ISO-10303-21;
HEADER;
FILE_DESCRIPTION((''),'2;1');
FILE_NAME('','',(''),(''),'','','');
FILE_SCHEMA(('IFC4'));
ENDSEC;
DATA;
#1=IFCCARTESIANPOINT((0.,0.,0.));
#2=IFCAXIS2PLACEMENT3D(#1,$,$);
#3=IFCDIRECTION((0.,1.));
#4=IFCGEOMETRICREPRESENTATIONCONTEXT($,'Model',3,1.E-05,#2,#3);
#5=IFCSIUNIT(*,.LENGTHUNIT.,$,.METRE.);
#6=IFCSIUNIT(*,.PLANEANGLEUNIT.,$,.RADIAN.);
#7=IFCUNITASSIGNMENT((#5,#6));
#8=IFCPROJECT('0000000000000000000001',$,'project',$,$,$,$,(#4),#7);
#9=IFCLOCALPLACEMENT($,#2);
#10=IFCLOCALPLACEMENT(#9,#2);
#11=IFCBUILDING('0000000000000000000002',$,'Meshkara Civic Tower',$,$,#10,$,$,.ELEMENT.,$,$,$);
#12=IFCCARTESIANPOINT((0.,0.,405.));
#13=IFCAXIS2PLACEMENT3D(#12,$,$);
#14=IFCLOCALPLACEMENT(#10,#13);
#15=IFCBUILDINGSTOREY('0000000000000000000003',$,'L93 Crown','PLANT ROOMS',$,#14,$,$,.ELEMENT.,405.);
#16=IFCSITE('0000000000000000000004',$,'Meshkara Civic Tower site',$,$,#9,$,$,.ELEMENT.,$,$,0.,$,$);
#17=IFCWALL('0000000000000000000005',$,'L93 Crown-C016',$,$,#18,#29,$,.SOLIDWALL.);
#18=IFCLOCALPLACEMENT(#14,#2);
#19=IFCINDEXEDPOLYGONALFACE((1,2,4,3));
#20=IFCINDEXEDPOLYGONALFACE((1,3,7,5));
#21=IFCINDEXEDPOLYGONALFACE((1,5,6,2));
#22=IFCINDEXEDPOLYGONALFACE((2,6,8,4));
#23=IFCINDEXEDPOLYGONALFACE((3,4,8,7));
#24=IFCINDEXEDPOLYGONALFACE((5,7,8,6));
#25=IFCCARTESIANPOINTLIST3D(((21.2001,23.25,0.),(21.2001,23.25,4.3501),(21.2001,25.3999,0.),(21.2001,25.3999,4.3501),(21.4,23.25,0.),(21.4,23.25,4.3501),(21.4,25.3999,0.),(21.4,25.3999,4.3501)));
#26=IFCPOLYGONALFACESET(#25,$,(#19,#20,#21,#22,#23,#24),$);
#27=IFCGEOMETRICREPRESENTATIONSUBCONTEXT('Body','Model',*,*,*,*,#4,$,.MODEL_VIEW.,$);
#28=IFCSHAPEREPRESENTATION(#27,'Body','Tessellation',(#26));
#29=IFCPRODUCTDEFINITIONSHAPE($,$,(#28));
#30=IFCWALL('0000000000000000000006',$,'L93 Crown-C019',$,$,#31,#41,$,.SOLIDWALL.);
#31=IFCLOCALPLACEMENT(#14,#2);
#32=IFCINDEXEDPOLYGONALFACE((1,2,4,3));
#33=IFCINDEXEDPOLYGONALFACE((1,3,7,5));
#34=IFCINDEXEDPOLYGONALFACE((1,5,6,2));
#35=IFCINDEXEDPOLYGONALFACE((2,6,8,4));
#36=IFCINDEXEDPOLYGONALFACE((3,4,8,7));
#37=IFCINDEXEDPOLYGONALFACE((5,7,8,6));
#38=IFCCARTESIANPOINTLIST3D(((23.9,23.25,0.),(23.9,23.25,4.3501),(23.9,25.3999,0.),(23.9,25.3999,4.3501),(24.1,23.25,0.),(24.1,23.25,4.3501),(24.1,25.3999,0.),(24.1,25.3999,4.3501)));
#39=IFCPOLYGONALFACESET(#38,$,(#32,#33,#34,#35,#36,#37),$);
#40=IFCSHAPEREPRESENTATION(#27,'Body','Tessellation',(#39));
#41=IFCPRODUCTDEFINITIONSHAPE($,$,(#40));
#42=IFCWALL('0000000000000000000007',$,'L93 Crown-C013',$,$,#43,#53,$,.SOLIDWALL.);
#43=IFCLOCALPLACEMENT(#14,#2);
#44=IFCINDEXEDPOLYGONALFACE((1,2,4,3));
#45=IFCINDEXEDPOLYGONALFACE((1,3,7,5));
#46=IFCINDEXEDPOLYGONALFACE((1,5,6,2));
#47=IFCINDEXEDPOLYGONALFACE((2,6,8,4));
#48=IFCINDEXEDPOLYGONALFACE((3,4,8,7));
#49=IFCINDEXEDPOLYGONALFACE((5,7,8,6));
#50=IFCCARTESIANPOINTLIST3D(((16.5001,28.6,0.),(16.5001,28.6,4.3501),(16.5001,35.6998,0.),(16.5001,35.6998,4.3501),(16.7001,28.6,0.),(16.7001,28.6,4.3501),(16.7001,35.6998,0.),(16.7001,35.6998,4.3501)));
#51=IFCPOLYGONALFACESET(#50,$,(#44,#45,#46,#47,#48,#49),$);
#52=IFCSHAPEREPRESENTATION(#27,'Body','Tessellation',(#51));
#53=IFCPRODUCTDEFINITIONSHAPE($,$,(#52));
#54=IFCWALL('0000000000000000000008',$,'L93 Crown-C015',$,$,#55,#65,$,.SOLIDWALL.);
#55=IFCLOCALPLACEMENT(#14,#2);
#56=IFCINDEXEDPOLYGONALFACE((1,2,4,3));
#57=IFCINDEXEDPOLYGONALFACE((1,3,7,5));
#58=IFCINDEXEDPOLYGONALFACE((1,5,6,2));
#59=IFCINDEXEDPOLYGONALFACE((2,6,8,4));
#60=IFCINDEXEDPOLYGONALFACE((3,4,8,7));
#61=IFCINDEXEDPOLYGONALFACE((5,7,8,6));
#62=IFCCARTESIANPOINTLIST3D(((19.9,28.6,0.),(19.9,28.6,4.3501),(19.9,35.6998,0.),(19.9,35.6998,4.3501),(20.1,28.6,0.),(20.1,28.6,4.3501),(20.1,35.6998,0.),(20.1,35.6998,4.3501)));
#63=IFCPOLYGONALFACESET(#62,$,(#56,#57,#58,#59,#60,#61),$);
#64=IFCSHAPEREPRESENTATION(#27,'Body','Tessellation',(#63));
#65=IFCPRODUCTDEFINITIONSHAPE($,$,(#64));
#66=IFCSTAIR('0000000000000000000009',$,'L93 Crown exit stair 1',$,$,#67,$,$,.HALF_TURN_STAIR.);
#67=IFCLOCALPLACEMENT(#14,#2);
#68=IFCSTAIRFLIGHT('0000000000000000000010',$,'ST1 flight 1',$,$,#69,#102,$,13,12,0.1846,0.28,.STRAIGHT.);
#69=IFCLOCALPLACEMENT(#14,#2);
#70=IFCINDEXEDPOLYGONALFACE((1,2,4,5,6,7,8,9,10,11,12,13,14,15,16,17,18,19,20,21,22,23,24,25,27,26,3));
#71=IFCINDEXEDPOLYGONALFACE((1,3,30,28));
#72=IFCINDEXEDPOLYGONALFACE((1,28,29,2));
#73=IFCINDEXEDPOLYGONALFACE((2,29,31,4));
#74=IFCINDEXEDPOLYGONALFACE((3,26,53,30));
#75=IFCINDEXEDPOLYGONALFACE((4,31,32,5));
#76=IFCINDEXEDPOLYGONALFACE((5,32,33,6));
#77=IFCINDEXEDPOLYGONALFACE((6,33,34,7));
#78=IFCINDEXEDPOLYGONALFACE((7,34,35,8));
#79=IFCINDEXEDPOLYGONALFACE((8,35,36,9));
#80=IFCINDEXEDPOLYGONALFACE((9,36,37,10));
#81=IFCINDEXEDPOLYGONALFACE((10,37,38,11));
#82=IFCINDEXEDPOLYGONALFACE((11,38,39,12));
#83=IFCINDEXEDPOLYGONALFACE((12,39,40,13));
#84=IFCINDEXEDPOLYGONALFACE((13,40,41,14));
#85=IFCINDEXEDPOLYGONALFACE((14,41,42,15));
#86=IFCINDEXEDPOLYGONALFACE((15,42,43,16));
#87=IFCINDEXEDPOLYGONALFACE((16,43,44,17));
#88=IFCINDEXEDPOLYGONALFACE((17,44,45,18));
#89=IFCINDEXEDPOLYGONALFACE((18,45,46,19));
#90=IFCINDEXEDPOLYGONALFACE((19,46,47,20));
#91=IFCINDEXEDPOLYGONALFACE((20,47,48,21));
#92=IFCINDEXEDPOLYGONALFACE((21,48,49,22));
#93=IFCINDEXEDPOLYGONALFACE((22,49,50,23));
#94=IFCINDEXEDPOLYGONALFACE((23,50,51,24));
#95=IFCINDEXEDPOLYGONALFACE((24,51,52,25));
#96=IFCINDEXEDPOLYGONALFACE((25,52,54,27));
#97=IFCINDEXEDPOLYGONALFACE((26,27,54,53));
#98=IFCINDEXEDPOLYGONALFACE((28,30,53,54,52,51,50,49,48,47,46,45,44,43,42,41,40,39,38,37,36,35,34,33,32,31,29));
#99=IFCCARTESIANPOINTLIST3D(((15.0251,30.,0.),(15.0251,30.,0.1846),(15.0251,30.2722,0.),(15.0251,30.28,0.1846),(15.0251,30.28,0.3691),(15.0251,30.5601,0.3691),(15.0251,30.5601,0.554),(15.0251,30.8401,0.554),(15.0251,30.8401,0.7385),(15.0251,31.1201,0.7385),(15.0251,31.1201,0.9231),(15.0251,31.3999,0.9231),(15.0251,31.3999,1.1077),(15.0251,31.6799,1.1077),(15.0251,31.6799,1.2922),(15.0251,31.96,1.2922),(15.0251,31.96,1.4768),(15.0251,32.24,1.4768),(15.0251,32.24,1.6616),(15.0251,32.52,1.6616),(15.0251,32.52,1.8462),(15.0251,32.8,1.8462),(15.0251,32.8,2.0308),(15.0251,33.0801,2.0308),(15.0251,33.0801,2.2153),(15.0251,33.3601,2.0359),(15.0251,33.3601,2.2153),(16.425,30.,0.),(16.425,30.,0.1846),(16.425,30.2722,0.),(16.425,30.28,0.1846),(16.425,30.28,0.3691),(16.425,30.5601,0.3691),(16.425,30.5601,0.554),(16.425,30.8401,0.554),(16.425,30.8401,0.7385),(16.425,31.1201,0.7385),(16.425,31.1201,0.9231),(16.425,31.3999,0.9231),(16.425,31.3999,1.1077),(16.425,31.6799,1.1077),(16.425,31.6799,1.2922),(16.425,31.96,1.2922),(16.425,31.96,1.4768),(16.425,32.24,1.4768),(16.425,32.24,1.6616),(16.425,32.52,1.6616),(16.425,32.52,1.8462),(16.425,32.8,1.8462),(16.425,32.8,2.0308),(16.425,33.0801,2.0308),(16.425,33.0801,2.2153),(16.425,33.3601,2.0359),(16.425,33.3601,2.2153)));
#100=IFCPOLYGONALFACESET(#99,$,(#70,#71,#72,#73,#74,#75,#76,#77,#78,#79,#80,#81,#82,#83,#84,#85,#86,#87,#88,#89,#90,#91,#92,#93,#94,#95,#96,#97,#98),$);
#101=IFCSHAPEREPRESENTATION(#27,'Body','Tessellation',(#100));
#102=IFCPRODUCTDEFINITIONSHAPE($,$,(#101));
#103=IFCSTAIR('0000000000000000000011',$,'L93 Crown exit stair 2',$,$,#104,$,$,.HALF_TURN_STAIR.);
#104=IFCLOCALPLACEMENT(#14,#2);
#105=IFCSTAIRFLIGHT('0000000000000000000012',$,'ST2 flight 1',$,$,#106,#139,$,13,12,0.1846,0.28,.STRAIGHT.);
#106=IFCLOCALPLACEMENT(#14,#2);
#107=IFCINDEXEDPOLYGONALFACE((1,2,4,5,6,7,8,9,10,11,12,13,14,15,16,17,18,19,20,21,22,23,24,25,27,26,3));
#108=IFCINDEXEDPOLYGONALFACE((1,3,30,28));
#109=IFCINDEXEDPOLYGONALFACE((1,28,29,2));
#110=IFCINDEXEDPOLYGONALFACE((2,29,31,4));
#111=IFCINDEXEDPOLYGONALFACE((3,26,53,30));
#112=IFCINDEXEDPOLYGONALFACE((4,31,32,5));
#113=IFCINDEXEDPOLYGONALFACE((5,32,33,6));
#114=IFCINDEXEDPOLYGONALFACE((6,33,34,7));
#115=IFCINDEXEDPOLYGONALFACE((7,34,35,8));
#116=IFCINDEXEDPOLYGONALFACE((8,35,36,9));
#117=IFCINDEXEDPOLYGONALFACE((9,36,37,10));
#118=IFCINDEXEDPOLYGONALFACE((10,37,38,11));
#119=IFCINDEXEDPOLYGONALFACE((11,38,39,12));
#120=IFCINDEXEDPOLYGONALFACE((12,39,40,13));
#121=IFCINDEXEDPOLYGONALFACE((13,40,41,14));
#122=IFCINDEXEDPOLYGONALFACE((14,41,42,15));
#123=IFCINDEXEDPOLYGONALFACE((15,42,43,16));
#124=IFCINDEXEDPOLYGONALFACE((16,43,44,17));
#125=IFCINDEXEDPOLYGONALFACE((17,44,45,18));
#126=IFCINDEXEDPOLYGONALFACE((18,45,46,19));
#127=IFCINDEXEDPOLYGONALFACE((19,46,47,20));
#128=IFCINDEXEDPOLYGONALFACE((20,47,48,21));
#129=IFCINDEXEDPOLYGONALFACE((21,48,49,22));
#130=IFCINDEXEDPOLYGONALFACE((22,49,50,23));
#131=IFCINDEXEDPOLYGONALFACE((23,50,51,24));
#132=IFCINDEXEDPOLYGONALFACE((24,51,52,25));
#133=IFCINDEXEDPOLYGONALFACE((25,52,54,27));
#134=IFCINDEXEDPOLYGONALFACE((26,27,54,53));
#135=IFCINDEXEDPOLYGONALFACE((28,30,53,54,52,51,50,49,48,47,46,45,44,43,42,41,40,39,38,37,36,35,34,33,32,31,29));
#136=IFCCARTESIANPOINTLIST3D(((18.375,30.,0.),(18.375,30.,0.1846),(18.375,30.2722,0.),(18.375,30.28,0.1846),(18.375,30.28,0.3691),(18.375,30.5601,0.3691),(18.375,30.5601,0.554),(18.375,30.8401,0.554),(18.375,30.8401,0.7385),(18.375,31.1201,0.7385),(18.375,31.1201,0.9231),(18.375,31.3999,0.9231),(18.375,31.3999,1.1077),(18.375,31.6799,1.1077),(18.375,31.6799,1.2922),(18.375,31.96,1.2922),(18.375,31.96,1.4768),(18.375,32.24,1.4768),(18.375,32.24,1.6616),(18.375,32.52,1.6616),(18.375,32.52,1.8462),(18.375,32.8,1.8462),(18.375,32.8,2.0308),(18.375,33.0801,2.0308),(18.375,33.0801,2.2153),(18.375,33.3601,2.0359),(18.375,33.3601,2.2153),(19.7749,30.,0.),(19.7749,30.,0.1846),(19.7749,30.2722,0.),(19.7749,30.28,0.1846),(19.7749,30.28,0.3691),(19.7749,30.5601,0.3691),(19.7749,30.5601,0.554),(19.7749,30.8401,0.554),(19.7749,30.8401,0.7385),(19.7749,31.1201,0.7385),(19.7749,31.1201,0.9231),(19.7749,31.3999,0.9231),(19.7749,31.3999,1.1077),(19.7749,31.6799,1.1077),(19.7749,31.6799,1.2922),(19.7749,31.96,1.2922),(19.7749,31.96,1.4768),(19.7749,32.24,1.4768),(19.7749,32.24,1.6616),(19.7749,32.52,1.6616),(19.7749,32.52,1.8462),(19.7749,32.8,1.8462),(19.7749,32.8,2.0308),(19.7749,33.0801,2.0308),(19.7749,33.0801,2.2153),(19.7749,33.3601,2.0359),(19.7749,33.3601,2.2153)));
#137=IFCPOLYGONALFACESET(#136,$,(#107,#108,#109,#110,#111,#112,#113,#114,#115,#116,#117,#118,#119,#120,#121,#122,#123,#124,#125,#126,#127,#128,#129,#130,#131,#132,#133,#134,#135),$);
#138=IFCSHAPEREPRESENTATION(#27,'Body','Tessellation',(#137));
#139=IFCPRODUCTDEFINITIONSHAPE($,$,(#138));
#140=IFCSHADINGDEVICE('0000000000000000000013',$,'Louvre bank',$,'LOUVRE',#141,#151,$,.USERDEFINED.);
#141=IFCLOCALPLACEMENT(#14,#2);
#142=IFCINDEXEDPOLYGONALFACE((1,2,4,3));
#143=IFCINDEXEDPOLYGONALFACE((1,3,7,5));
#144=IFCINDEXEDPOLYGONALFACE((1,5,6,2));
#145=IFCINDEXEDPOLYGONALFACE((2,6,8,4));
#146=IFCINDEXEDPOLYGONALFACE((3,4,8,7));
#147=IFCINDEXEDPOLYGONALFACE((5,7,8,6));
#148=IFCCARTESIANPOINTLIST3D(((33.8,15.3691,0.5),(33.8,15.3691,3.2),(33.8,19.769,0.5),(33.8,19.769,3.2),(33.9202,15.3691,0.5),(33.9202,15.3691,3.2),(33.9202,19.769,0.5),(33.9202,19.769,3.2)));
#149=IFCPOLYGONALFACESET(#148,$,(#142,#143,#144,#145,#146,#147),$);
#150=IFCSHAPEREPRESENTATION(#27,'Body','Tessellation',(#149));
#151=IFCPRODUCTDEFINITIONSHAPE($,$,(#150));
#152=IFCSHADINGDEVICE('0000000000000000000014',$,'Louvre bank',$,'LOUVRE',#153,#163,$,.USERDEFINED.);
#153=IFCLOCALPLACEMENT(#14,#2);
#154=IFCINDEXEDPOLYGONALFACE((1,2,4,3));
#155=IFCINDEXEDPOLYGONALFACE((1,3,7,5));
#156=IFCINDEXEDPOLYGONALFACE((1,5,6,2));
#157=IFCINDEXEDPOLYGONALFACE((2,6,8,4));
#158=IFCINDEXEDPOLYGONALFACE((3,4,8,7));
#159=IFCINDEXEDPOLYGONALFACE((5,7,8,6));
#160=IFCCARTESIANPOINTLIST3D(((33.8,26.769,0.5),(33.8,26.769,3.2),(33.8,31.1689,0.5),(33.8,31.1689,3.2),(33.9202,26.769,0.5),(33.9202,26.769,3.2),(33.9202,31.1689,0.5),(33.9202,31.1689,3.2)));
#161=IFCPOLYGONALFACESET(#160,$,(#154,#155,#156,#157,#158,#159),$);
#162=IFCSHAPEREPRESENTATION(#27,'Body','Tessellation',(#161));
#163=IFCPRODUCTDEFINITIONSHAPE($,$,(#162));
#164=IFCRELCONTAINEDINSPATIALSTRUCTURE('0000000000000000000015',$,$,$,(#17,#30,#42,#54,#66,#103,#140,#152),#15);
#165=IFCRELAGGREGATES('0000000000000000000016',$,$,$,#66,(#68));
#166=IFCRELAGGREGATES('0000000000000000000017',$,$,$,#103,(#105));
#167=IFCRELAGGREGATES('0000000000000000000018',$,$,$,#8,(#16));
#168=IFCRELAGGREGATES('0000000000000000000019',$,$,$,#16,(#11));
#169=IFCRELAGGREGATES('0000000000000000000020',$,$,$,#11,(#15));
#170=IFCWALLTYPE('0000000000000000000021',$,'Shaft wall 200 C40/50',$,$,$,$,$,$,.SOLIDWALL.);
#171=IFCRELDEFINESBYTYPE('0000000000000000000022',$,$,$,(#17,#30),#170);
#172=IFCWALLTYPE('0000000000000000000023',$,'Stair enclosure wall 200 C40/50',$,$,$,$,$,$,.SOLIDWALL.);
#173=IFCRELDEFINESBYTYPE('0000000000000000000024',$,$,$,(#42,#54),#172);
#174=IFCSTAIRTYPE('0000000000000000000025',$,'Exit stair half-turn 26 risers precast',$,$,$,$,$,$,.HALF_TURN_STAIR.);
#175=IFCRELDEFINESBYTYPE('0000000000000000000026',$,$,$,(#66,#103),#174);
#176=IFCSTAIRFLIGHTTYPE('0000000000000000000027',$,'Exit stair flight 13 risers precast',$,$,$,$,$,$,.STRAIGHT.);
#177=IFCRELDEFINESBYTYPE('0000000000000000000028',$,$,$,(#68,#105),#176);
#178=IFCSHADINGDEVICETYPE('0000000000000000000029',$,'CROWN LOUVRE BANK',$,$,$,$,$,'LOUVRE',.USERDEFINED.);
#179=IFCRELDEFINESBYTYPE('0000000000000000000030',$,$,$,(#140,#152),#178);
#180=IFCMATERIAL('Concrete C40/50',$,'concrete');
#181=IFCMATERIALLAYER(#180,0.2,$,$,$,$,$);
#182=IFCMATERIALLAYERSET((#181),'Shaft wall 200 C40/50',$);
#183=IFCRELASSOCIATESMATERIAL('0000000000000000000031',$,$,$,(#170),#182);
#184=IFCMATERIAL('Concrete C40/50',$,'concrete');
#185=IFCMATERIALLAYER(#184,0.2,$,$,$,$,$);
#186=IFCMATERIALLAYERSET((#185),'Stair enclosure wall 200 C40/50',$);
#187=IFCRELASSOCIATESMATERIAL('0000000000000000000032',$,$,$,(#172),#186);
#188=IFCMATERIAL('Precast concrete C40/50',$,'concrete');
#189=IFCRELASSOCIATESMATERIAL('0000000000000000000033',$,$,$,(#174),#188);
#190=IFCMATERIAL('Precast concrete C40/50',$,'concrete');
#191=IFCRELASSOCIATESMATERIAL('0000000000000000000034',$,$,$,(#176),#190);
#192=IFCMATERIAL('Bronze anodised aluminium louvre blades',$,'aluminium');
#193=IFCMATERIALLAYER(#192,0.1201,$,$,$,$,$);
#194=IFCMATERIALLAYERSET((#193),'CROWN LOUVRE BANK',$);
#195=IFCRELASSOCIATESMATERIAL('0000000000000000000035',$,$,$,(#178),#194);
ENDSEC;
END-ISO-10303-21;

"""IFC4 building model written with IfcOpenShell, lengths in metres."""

from ifc_helpers import new_model, si_unit, direction, frame, frame_2d, origin, origin_2d, place, context, subcontext, project, spatial, polyline, rectangle, outline, extrude, material, layer, layer_set, type_object, element, aggregate, save


model = new_model("IFC4")

# Units and contexts
model_context = context("Model", 3, precision=1e-05, world=origin(), true_north=direction((0.0, 1.0)))
body_context = subcontext(model_context, "Body", "Model", "MODEL_VIEW")
ifc_project = project(units=[si_unit("LENGTHUNIT", "METRE"), si_unit("PLANEANGLEUNIT", "RADIAN")], contexts=[model_context])

# Site, building, storey
site_placement = place(None, origin())
site = spatial("IfcSite", under=ifc_project, at=site_placement, Name="Meshkara Civic Tower site", CompositionType="ELEMENT", RefElevation=0.0)
building_placement = place(site_placement, origin())
building = spatial("IfcBuilding", under=site, at=building_placement, Name="Meshkara Civic Tower", CompositionType="ELEMENT")
storey_placement = place(building_placement, frame((0.0, 0.0, 405.0)))
storey = spatial("IfcBuildingStorey", under=building, at=storey_placement, Name="L93 Crown", Description="PLANT ROOMS", CompositionType="ELEMENT", Elevation=405.0)

# Shared definitions
ifc_material_1 = material(Name="Concrete C40/50", Category="concrete")
ifc_layer_1 = layer(ifc_material_1, 0.2)
ifc_layer_set_1 = layer_set([ifc_layer_1], Name="Shaft wall 200 C40/50")
wall_type_1 = type_object("IfcWallType", Name="Shaft wall 200 C40/50", PredefinedType="SOLIDWALL", material=ifc_layer_set_1)

# Walls
for number, where, z_axis, x_axis, name in (
    (1, (21.3, 23.25, 0.0), (0.0, 0.0, 1.0), (0.0, 1.0, 0.0), "L93 Crown-C016"),
    (2, (24.0, 23.25, 0.0), (0.0, 0.0, 1.0), (0.0, 1.0, 0.0), "L93 Crown-C019"),
):
    element("IfcWall", number, at=place(storey_placement, frame(where, z_axis=z_axis, x_axis=x_axis)), inside=storey, type_object=wall_type_1, Name=name, PredefinedType="SOLIDWALL", context=body_context, shape_type="SweptSolid", body=[
        extrude(rectangle(XDim=2.1499, YDim=0.2, at=frame_2d((1.075, 0.0))), origin(), (0.0, 0.0, 1.0), 4.3501),
    ])
ifc_material_2 = material(Name="Concrete C40/50", Category="concrete")
ifc_layer_2 = layer(ifc_material_2, 0.2)
ifc_layer_set_2 = layer_set([ifc_layer_2], Name="Stair enclosure wall 200 C40/50")
wall_type_2 = type_object("IfcWallType", Name="Stair enclosure wall 200 C40/50", PredefinedType="SOLIDWALL", material=ifc_layer_set_2)
for number, where, z_axis, x_axis, name in (
    (3, (16.6001, 28.6001, 0.0), (0.0, 0.0, 1.0), (0.0, 1.0, 0.0), "L93 Crown-C013"),
    (4, (20.0, 28.6001, 0.0), (0.0, 0.0, 1.0), (0.0, 1.0, 0.0), "L93 Crown-C015"),
):
    element("IfcWall", number, at=place(storey_placement, frame(where, z_axis=z_axis, x_axis=x_axis)), inside=storey, type_object=wall_type_2, Name=name, PredefinedType="SOLIDWALL", context=body_context, shape_type="SweptSolid", body=[
        extrude(rectangle(XDim=7.0999, YDim=0.2, at=frame_2d((3.5498, 0.0))), origin(), (0.0, 0.0, 1.0), 4.3501),
    ])

# Stairs, stair flights
ifc_material_3 = material(Name="Precast concrete C40/50", Category="concrete")
stair_type = type_object("IfcStairType", Name="Exit stair half-turn 26 risers precast", PredefinedType="HALF_TURN_STAIR", material=ifc_material_3)
stair_1_placement = place(storey_placement, origin())
stair_1 = element("IfcStair", 5, at=stair_1_placement, inside=storey, type_object=stair_type, Name="L93 Crown exit stair 1", PredefinedType="HALF_TURN_STAIR")
ifc_material_4 = material(Name="Precast concrete C40/50", Category="concrete")
stair_flight_type = type_object("IfcStairFlightType", Name="Exit stair flight 13 risers precast", PredefinedType="STRAIGHT", material=ifc_material_4)
stair_flight_1_placement = place(storey_placement, frame((15.7251, 30.0, 0.0), z_axis=(0.0, 0.0, 1.0), x_axis=(0.0, 1.0, 0.0)))
stair_flight_1 = element("IfcStairFlight", 6, at=stair_flight_1_placement, type_object=stair_flight_type, Name="ST1 flight 1", NumberOfRisers=13, NumberOfTreads=12, PredefinedType="STRAIGHT", RiserHeight=0.1846, TreadLength=0.28, context=body_context, shape_type="SweptSolid", body=[
    extrude(outline(polyline([(0.0, 0.0), (0.0, 0.1846), (0.28, 0.1846), (0.28, 0.3691), (0.5601, 0.3691), (0.5601, 0.554), (0.8401, 0.554), (0.8401, 0.7385), (1.1201, 0.7385), (1.1201, 0.9231), (1.3999, 0.9231), (1.3999, 1.1077), (1.6799, 1.1077), (1.6799, 1.2922), (1.96, 1.2922), (1.96, 1.4768), (2.24, 1.4768), (2.24, 1.6616), (2.52, 1.6616), (2.52, 1.8462), (2.8, 1.8462), (2.8, 2.0308), (3.0801, 2.0308), (3.0801, 2.2153), (3.3601, 2.2153), (3.3601, 2.3999), (3.3601, 2.0359), (0.2722, 0.0), (0.0, 0.0)])), frame((0.0, 0.7, 0.0), z_axis=(0.0, -1.0, 0.0), x_axis=(1.0, 0.0, 0.0)), (0.0, 0.0, 1.0), 1.3999),
])
aggregate(stair_1, [stair_flight_1])
stair_2_placement = place(storey_placement, origin())
stair_2 = element("IfcStair", 7, at=stair_2_placement, inside=storey, type_object=stair_type, Name="L93 Crown exit stair 2", PredefinedType="HALF_TURN_STAIR")
stair_flight_2_placement = place(storey_placement, frame((19.075, 30.0, 0.0), z_axis=(0.0, 0.0, 1.0), x_axis=(0.0, 1.0, 0.0)))
stair_flight_2 = element("IfcStairFlight", 8, at=stair_flight_2_placement, type_object=stair_flight_type, Name="ST2 flight 1", NumberOfRisers=13, NumberOfTreads=12, PredefinedType="STRAIGHT", RiserHeight=0.1846, TreadLength=0.28, context=body_context, shape_type="SweptSolid", body=[
    extrude(outline(polyline([(0.0, 0.0), (0.0, 0.1846), (0.28, 0.1846), (0.28, 0.3691), (0.5601, 0.3691), (0.5601, 0.554), (0.8401, 0.554), (0.8401, 0.7385), (1.1201, 0.7385), (1.1201, 0.9231), (1.3999, 0.9231), (1.3999, 1.1077), (1.6799, 1.1077), (1.6799, 1.2922), (1.96, 1.2922), (1.96, 1.4768), (2.24, 1.4768), (2.24, 1.6616), (2.52, 1.6616), (2.52, 1.8462), (2.8, 1.8462), (2.8, 2.0308), (3.0801, 2.0308), (3.0801, 2.2153), (3.3601, 2.2153), (3.3601, 2.3999), (3.3601, 2.0359), (0.2722, 0.0), (0.0, 0.0)])), frame((0.0, 0.7, 0.0), z_axis=(0.0, -1.0, 0.0), x_axis=(1.0, 0.0, 0.0)), (0.0, 0.0, 1.0), 1.3999),
])
aggregate(stair_2, [stair_flight_2])

# Shading devices
ifc_material_5 = material(Name="Bronze anodised aluminium louvre blades", Category="aluminium")
ifc_layer_3 = layer(ifc_material_5, 0.1201)
ifc_layer_set_3 = layer_set([ifc_layer_3], Name="CROWN LOUVRE BANK")
shading_device_type = type_object("IfcShadingDeviceType", Name="CROWN LOUVRE BANK", ElementType="LOUVRE", PredefinedType="USERDEFINED", material=ifc_layer_set_3)
for number, where, z_axis, x_axis, name in (
    (9, (33.8601, 17.5691, 0.5), (0.0, 0.0, 1.0), (0.0, 1.0, 0.0), "Louvre bank"),
    (10, (33.8601, 28.969, 0.5), (0.0, 0.0, 1.0), (0.0, 1.0, 0.0), "Louvre bank"),
):
    element("IfcShadingDevice", number, at=place(storey_placement, frame(where, z_axis=z_axis, x_axis=x_axis)), inside=storey, type_object=shading_device_type, Name=name, ObjectType="LOUVRE", PredefinedType="USERDEFINED", context=body_context, shape_type="SweptSolid", body=[
        extrude(rectangle(XDim=4.3999, YDim=0.1201, at=origin_2d()), origin(), (0.0, 0.0, 1.0), 2.7),
    ])

save(model, "model.ifc")
